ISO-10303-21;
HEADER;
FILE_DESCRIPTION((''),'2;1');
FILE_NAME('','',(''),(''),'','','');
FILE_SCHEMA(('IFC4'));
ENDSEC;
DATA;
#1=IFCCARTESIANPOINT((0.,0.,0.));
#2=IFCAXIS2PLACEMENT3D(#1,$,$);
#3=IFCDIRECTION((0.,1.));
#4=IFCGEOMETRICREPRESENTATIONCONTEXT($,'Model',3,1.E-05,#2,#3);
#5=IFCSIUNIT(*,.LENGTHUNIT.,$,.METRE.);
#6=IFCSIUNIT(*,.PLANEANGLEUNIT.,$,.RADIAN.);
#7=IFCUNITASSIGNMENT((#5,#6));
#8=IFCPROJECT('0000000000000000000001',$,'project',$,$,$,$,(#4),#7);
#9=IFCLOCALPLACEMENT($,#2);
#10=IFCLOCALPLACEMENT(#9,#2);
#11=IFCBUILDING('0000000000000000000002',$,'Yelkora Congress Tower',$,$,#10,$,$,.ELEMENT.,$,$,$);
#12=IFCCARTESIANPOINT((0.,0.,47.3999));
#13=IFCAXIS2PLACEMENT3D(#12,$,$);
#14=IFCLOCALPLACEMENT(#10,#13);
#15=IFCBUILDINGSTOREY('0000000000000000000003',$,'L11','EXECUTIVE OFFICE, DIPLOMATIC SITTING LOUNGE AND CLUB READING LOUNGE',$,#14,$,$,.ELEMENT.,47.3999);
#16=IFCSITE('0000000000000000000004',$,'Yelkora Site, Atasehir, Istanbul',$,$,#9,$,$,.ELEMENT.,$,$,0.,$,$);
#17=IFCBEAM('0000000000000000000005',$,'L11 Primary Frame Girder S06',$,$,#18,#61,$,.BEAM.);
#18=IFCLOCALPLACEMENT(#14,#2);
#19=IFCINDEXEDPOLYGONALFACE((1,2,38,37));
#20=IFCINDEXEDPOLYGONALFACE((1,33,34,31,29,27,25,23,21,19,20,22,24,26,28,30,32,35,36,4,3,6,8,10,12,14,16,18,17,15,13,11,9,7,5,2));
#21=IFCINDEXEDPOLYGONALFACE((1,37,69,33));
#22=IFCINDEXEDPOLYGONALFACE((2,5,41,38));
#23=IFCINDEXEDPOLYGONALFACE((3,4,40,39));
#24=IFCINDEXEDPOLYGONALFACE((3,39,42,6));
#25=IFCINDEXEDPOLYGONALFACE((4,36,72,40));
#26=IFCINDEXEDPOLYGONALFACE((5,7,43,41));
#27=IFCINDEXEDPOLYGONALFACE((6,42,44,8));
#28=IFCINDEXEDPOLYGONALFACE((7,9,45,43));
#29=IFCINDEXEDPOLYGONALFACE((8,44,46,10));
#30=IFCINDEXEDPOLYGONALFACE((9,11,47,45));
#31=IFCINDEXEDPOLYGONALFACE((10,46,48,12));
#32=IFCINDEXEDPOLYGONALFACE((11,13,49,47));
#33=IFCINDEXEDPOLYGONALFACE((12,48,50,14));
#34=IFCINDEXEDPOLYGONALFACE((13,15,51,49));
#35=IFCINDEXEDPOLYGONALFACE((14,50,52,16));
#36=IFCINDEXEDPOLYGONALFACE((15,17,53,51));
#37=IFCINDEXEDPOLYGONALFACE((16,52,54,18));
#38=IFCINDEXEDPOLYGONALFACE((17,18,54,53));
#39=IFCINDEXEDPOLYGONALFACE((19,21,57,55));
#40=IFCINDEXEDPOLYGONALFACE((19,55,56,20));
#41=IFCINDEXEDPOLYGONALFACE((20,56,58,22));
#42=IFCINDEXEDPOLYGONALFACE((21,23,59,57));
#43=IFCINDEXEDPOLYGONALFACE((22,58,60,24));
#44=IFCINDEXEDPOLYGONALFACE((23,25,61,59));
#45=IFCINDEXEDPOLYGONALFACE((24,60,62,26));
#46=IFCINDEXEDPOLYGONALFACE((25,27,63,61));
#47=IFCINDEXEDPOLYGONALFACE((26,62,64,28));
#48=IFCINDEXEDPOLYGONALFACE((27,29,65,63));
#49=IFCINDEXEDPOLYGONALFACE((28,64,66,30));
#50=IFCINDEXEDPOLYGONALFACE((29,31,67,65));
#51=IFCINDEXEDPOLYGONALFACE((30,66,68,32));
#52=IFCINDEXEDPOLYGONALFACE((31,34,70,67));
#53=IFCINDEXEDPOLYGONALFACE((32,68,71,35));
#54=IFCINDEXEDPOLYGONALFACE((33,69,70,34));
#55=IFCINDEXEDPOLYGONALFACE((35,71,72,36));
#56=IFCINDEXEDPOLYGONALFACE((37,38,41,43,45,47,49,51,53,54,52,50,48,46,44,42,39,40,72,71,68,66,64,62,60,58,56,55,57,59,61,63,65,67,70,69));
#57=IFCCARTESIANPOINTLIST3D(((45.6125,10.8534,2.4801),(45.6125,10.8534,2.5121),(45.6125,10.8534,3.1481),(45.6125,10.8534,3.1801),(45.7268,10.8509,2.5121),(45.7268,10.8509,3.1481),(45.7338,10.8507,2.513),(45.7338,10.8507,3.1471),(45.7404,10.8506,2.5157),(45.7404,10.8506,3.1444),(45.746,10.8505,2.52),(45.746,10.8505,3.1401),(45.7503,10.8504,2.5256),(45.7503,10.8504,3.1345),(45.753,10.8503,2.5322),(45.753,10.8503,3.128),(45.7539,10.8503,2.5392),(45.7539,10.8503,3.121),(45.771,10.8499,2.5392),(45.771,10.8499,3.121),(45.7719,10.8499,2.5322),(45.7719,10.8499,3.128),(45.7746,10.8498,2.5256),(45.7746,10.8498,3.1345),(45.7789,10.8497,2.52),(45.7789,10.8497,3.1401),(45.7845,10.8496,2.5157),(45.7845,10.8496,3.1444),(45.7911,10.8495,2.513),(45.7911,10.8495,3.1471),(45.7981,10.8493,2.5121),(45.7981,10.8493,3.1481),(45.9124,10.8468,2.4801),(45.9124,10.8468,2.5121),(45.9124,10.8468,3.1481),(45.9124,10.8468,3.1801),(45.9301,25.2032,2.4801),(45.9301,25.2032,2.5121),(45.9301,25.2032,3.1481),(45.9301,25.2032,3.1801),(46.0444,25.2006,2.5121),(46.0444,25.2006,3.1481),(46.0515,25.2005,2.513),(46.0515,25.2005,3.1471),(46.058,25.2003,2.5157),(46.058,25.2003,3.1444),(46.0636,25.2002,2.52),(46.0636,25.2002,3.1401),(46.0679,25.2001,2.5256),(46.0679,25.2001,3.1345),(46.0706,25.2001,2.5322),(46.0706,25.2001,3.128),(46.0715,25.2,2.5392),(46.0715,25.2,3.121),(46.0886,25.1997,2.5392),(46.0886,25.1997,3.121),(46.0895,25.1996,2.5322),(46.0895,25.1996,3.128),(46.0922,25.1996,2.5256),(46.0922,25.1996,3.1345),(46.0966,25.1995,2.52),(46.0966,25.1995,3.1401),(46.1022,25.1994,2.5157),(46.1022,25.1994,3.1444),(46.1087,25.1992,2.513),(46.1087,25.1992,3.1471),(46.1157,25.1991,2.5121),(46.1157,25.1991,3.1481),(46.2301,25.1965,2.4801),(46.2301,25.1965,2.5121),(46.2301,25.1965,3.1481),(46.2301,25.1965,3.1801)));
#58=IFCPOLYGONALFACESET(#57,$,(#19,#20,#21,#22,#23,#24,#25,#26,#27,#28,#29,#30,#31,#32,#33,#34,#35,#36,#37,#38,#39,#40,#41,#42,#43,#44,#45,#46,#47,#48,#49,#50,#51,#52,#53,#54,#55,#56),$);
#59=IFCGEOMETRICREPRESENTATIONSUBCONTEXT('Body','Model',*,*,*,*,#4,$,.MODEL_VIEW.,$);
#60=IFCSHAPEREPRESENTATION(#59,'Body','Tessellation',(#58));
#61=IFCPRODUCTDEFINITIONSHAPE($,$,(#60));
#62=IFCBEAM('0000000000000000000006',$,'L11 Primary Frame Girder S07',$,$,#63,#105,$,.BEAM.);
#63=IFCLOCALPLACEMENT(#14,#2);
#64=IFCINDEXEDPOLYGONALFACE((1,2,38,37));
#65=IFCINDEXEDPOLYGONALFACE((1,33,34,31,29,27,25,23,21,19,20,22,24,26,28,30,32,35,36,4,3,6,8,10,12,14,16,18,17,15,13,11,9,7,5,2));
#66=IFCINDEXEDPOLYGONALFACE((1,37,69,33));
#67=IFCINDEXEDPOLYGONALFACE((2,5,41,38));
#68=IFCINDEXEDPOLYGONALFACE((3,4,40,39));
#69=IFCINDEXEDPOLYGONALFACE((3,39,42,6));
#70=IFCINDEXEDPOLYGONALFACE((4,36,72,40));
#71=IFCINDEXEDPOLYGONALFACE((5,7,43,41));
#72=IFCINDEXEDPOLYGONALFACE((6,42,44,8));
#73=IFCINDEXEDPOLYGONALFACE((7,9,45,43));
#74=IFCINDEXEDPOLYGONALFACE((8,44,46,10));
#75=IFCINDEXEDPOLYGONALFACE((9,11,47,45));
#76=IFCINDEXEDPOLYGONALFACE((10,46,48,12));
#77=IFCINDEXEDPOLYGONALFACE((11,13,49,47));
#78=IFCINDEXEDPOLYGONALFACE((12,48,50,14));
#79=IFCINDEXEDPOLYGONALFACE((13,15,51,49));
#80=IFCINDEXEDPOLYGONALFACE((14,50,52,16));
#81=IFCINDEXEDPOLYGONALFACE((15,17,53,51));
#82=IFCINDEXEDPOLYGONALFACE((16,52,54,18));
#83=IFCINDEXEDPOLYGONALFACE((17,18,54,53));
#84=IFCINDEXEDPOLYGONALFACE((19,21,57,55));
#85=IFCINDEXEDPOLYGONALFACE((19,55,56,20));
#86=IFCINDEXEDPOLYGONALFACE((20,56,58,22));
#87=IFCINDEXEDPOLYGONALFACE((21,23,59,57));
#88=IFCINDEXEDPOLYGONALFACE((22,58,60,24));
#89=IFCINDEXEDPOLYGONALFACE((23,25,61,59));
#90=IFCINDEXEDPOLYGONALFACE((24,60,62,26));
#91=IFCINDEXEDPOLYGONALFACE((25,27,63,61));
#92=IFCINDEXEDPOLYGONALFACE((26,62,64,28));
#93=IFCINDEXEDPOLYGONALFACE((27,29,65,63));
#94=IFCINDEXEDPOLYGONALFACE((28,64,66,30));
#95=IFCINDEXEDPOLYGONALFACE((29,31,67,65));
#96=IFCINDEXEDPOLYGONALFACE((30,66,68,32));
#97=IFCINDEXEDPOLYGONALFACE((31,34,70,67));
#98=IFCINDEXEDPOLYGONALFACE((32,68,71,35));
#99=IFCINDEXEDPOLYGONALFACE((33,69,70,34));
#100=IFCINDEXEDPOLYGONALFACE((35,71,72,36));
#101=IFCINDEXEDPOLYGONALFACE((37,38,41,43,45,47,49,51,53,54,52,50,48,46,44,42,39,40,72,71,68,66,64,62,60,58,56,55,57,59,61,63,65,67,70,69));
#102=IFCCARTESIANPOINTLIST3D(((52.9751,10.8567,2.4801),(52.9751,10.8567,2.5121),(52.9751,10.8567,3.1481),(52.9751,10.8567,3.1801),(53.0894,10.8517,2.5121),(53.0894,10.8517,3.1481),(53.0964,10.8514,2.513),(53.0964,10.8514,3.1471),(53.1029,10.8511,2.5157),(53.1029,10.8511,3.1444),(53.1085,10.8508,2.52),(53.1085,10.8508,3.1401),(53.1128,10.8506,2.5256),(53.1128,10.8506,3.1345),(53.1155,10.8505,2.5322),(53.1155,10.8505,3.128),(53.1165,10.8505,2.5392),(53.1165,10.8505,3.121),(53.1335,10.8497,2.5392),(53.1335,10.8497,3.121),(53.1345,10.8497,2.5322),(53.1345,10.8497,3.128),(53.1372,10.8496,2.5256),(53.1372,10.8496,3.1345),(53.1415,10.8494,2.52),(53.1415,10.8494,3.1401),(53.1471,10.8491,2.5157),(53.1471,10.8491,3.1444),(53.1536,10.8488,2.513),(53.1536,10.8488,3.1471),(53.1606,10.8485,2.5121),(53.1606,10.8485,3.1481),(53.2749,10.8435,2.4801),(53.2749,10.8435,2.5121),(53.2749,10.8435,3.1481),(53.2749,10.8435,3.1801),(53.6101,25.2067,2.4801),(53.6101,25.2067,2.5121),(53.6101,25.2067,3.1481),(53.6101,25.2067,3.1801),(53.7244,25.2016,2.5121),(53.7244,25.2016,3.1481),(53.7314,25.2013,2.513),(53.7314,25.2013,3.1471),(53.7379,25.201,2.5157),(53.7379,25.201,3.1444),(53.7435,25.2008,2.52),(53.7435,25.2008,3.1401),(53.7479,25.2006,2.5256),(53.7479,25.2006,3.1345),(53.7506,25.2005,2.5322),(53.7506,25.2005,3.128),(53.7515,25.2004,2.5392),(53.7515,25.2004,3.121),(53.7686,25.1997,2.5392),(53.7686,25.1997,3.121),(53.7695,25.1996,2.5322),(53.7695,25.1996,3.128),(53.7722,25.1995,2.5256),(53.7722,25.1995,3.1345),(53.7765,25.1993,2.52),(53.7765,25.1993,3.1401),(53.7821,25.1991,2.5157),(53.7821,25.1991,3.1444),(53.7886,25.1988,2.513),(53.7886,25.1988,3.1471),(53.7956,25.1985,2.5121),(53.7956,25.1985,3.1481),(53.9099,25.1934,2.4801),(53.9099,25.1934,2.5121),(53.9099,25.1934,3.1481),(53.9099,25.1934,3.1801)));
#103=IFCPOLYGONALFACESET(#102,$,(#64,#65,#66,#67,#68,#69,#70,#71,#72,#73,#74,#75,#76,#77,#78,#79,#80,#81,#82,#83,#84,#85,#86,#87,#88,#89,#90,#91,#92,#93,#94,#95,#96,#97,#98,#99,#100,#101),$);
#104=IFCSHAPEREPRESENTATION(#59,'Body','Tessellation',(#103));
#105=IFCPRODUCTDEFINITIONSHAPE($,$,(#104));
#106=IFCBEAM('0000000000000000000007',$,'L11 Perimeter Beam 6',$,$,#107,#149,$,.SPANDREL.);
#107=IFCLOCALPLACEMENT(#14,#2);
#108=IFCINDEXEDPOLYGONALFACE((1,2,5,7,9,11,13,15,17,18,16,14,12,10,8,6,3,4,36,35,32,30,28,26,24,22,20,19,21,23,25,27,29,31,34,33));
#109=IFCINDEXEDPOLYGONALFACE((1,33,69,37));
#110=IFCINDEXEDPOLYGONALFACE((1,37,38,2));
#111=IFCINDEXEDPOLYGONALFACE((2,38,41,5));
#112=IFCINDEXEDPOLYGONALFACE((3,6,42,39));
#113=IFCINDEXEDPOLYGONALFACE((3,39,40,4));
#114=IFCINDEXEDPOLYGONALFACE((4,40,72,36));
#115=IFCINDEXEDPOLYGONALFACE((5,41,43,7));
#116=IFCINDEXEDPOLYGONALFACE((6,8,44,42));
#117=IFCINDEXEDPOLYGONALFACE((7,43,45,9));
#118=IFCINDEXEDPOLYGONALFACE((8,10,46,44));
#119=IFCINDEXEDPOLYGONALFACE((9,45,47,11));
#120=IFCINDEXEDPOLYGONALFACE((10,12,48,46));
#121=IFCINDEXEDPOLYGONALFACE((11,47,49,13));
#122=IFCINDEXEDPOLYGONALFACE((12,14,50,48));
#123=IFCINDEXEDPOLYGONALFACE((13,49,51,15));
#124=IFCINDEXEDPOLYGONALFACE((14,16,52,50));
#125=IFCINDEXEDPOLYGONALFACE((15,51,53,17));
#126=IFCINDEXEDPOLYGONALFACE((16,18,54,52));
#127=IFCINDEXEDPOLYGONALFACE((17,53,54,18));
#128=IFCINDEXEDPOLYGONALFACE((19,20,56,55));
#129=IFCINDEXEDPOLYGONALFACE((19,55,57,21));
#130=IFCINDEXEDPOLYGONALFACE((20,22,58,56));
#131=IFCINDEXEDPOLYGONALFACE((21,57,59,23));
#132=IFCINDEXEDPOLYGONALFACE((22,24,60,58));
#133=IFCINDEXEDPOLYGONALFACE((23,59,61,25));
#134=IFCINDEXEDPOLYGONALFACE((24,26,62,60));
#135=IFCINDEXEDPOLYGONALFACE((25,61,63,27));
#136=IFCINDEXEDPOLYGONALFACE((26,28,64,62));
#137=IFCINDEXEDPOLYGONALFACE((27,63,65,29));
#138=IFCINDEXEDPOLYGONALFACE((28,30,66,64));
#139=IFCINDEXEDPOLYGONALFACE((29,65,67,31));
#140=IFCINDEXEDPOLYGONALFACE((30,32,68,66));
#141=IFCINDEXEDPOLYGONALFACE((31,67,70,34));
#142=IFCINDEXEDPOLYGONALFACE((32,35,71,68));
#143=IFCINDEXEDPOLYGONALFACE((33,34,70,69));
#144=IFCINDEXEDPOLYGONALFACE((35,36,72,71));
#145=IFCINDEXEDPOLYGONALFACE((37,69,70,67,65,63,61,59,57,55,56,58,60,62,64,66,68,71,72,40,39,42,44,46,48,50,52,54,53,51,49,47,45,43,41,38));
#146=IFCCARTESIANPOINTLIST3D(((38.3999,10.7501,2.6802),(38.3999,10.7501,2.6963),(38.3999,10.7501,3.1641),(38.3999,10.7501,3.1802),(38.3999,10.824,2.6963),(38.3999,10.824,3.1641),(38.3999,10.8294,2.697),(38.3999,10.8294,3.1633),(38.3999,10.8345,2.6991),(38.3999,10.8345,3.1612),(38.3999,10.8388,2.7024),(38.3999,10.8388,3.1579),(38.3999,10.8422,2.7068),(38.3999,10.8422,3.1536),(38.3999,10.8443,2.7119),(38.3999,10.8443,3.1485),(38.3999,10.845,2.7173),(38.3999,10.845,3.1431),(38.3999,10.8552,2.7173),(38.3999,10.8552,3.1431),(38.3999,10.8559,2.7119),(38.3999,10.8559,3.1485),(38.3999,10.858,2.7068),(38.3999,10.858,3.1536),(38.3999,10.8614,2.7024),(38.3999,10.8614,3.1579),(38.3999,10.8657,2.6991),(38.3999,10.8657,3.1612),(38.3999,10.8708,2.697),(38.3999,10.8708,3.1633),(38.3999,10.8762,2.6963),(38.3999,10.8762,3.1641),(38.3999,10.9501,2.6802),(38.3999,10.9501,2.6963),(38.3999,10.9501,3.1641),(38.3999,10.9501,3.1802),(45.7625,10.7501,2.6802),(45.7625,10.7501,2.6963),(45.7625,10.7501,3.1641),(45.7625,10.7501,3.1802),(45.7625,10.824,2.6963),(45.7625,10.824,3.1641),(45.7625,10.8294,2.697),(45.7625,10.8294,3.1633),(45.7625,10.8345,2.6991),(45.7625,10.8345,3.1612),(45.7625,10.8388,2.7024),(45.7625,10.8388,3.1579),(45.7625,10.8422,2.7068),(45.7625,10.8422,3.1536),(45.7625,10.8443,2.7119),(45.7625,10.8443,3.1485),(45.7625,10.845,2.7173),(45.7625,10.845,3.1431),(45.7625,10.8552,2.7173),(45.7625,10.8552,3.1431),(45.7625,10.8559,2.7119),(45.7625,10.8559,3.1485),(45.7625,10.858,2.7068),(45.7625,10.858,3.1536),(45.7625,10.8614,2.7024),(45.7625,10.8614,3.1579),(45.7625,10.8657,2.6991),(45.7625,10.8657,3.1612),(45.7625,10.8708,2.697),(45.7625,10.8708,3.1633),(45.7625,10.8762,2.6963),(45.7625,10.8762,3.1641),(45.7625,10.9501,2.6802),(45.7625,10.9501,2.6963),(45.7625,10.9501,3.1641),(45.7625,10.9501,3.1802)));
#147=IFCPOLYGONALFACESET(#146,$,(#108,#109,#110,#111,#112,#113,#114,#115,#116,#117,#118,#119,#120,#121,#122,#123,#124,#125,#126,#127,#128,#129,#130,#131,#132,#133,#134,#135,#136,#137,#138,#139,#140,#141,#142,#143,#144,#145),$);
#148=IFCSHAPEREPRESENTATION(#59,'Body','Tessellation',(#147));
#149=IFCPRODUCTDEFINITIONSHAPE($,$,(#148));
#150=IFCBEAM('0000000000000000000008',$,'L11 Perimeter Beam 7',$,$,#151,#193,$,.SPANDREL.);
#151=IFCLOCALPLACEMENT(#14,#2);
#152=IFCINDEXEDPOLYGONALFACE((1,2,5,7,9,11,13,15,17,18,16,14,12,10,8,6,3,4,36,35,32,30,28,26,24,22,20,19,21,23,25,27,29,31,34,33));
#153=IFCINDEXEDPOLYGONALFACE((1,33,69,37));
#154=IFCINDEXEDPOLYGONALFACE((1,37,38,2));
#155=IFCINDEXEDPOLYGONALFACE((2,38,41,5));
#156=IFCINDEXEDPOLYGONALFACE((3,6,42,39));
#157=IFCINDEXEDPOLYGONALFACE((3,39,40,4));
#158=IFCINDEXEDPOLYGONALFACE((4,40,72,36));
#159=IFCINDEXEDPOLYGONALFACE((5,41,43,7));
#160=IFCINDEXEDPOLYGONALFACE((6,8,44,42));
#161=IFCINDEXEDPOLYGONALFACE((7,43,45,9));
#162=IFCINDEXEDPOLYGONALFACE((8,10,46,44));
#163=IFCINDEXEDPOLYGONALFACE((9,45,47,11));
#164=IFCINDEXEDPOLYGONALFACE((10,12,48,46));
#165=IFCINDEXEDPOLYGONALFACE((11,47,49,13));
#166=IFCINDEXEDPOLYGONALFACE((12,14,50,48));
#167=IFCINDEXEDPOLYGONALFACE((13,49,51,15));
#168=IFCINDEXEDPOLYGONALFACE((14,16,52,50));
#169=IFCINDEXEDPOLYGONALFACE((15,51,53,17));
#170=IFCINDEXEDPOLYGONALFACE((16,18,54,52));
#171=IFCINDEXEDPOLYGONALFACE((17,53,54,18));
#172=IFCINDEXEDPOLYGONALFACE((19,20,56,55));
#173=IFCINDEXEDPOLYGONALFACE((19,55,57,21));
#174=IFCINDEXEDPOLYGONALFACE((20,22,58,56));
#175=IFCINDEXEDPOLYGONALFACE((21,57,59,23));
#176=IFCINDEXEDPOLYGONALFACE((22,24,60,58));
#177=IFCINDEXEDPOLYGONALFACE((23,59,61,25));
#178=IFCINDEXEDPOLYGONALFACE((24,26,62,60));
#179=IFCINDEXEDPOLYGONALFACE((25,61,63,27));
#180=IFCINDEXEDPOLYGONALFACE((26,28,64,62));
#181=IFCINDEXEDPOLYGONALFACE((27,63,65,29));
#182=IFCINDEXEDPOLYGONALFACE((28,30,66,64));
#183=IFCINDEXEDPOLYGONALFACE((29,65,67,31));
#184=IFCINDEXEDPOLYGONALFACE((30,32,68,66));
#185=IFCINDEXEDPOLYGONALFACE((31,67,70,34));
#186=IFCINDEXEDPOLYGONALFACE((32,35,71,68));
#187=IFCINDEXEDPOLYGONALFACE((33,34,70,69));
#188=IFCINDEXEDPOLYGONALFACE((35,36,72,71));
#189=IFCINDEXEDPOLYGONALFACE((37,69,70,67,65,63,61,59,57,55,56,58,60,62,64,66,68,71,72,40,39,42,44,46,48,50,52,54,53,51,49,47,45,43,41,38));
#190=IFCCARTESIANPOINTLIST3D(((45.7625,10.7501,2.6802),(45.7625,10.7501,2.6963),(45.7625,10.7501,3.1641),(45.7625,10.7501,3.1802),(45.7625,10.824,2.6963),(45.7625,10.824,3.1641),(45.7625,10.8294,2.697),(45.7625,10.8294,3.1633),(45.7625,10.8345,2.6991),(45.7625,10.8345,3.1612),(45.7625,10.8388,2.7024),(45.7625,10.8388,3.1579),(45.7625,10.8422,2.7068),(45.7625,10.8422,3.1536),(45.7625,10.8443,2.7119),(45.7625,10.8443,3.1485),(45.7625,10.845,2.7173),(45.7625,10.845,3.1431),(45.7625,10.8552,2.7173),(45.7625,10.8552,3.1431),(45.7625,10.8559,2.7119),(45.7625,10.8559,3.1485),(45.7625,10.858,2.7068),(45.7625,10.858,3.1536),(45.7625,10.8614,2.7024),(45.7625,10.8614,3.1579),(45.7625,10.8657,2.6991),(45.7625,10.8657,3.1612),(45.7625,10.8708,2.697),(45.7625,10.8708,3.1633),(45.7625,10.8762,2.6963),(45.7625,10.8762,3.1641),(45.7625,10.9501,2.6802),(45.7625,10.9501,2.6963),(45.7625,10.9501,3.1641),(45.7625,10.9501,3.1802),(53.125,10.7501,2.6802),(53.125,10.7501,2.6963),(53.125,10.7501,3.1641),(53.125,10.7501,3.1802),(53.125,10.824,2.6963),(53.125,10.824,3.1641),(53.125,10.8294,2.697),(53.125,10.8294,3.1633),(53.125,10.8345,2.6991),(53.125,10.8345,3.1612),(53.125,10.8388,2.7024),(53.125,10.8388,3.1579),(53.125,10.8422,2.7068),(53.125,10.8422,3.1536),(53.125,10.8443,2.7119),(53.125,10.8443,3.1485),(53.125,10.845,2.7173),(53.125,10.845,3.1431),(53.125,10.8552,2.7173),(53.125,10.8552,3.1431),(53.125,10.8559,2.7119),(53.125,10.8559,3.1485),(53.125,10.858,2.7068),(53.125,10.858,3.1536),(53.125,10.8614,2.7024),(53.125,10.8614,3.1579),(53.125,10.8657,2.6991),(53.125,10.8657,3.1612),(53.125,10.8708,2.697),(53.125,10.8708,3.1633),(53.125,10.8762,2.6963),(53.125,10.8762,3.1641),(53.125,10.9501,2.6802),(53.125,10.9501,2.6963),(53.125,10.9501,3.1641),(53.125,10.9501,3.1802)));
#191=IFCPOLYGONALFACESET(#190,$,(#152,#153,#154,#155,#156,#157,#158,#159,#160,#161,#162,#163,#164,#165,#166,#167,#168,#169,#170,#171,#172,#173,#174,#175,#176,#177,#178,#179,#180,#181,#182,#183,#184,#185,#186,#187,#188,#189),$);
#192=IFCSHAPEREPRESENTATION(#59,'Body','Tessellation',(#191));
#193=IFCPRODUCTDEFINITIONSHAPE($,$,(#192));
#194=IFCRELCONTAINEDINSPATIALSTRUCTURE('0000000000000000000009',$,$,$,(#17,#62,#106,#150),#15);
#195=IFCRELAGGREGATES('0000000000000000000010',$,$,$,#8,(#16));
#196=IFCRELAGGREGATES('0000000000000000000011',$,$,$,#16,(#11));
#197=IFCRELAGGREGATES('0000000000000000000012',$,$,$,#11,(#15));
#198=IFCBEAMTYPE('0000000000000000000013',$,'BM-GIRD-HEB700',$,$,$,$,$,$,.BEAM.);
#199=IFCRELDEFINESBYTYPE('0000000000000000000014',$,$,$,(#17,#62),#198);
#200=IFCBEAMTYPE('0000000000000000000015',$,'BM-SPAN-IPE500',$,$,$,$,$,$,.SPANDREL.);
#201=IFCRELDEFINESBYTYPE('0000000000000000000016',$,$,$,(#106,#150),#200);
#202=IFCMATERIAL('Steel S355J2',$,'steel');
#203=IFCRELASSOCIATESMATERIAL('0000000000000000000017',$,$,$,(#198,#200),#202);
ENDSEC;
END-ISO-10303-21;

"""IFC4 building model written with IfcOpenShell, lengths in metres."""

from ifc_helpers import new_model, si_unit, direction, frame, origin, origin_2d, place, context, subcontext, project, spatial, i_section, extrude, material, material_profile, profile_set, type_object, element, save


model = new_model("IFC4")

# Units and contexts
model_context = context("Model", 3, precision=1e-05, world=origin(), true_north=direction((0.0, 1.0)))
body_context = subcontext(model_context, "Body", "Model", "MODEL_VIEW")
ifc_project = project(units=[si_unit("LENGTHUNIT", "METRE"), si_unit("PLANEANGLEUNIT", "RADIAN")], contexts=[model_context])

# Site, building, storey
site_placement = place(None, origin())
site = spatial("IfcSite", under=ifc_project, at=site_placement, Name="Yelkora Site, Atasehir, Istanbul", CompositionType="ELEMENT", RefElevation=0.0)
building_placement = place(site_placement, origin())
building = spatial("IfcBuilding", under=site, at=building_placement, Name="Yelkora Congress Tower", CompositionType="ELEMENT")
storey_placement = place(building_placement, frame((0.0, 0.0, 47.3999)))
storey = spatial("IfcBuildingStorey", under=building, at=storey_placement, Name="L11", Description="EXECUTIVE OFFICE, DIPLOMATIC SITTING LOUNGE AND CLUB READING LOUNGE", CompositionType="ELEMENT", Elevation=47.3999)

# Beams
ifc_material_1 = material(Name="Steel S355J2", Category="steel")
ifc_material_profile_1 = material_profile(ifc_material_1, i_section(OverallWidth=0.3, OverallDepth=0.7, WebThickness=0.0171, FlangeThickness=0.032, FilletRadius=0.0271, at=origin_2d()), Name="HEB 700")
ifc_profile_set_1 = profile_set([ifc_material_profile_1], Name="Steel S355J2")
beam_type_1 = type_object("IfcBeamType", Name="BM-GIRD-HEB700", PredefinedType="BEAM", material=ifc_profile_set_1)
beam_1_placement = place(storey_placement, frame((45.7625, 10.8501, 2.8301), z_axis=(0.022129, 0.999755, 0.0), x_axis=(-0.999755, 0.022129, 0.0)))
element("IfcBeam", 1, at=beam_1_placement, inside=storey, type_object=beam_type_1, Name="L11 Primary Frame Girder S06", PredefinedType="BEAM", context=body_context, shape_type="SweptSolid", body=[
    extrude(i_section(OverallWidth=0.3, OverallDepth=0.7, WebThickness=0.0171, FlangeThickness=0.032, FilletRadius=0.0271, at=origin_2d()), origin(), (0.0, 0.0, 1.0), 14.3533),
])
beam_2_placement = place(storey_placement, frame((53.125, 10.8501, 2.8301), z_axis=(0.044209, 0.999022, 0.0), x_axis=(-0.999022, 0.044209, 0.0)))
element("IfcBeam", 2, at=beam_2_placement, inside=storey, type_object=beam_type_1, Name="L11 Primary Frame Girder S07", PredefinedType="BEAM", context=body_context, shape_type="SweptSolid", body=[
    extrude(i_section(OverallWidth=0.3, OverallDepth=0.7, WebThickness=0.0171, FlangeThickness=0.032, FilletRadius=0.0271, at=origin_2d()), origin(), (0.0, 0.0, 1.0), 14.364),
])
ifc_material_profile_2 = material_profile(ifc_material_1, i_section(OverallWidth=0.2, OverallDepth=0.5, WebThickness=0.0103, FlangeThickness=0.0161, FilletRadius=0.021, at=origin_2d()), Name="IPE 500")
ifc_profile_set_2 = profile_set([ifc_material_profile_2], Name="Steel S355J2")
beam_type_2 = type_object("IfcBeamType", Name="BM-SPAN-IPE500", PredefinedType="SPANDREL", material=ifc_profile_set_2)
for number, where, z_axis, x_axis, name in (
    (3, (38.3999, 10.8501, 2.9302), (1.0, 0.0, 0.0), (0.0, 1.0, 0.0), "L11 Perimeter Beam 6"),
    (4, (45.7625, 10.8501, 2.9302), (1.0, 0.0, 0.0), (0.0, 1.0, 0.0), "L11 Perimeter Beam 7"),
):
    element("IfcBeam", number, at=place(storey_placement, frame(where, z_axis=z_axis, x_axis=x_axis)), inside=storey, type_object=beam_type_2, Name=name, PredefinedType="SPANDREL", context=body_context, shape_type="SweptSolid", body=[
        extrude(i_section(OverallWidth=0.2, OverallDepth=0.5, WebThickness=0.0103, FlangeThickness=0.0161, FilletRadius=0.021, at=origin_2d()), origin(), (0.0, 0.0, 1.0), 7.3625),
    ])

save(model, "model.ifc")
